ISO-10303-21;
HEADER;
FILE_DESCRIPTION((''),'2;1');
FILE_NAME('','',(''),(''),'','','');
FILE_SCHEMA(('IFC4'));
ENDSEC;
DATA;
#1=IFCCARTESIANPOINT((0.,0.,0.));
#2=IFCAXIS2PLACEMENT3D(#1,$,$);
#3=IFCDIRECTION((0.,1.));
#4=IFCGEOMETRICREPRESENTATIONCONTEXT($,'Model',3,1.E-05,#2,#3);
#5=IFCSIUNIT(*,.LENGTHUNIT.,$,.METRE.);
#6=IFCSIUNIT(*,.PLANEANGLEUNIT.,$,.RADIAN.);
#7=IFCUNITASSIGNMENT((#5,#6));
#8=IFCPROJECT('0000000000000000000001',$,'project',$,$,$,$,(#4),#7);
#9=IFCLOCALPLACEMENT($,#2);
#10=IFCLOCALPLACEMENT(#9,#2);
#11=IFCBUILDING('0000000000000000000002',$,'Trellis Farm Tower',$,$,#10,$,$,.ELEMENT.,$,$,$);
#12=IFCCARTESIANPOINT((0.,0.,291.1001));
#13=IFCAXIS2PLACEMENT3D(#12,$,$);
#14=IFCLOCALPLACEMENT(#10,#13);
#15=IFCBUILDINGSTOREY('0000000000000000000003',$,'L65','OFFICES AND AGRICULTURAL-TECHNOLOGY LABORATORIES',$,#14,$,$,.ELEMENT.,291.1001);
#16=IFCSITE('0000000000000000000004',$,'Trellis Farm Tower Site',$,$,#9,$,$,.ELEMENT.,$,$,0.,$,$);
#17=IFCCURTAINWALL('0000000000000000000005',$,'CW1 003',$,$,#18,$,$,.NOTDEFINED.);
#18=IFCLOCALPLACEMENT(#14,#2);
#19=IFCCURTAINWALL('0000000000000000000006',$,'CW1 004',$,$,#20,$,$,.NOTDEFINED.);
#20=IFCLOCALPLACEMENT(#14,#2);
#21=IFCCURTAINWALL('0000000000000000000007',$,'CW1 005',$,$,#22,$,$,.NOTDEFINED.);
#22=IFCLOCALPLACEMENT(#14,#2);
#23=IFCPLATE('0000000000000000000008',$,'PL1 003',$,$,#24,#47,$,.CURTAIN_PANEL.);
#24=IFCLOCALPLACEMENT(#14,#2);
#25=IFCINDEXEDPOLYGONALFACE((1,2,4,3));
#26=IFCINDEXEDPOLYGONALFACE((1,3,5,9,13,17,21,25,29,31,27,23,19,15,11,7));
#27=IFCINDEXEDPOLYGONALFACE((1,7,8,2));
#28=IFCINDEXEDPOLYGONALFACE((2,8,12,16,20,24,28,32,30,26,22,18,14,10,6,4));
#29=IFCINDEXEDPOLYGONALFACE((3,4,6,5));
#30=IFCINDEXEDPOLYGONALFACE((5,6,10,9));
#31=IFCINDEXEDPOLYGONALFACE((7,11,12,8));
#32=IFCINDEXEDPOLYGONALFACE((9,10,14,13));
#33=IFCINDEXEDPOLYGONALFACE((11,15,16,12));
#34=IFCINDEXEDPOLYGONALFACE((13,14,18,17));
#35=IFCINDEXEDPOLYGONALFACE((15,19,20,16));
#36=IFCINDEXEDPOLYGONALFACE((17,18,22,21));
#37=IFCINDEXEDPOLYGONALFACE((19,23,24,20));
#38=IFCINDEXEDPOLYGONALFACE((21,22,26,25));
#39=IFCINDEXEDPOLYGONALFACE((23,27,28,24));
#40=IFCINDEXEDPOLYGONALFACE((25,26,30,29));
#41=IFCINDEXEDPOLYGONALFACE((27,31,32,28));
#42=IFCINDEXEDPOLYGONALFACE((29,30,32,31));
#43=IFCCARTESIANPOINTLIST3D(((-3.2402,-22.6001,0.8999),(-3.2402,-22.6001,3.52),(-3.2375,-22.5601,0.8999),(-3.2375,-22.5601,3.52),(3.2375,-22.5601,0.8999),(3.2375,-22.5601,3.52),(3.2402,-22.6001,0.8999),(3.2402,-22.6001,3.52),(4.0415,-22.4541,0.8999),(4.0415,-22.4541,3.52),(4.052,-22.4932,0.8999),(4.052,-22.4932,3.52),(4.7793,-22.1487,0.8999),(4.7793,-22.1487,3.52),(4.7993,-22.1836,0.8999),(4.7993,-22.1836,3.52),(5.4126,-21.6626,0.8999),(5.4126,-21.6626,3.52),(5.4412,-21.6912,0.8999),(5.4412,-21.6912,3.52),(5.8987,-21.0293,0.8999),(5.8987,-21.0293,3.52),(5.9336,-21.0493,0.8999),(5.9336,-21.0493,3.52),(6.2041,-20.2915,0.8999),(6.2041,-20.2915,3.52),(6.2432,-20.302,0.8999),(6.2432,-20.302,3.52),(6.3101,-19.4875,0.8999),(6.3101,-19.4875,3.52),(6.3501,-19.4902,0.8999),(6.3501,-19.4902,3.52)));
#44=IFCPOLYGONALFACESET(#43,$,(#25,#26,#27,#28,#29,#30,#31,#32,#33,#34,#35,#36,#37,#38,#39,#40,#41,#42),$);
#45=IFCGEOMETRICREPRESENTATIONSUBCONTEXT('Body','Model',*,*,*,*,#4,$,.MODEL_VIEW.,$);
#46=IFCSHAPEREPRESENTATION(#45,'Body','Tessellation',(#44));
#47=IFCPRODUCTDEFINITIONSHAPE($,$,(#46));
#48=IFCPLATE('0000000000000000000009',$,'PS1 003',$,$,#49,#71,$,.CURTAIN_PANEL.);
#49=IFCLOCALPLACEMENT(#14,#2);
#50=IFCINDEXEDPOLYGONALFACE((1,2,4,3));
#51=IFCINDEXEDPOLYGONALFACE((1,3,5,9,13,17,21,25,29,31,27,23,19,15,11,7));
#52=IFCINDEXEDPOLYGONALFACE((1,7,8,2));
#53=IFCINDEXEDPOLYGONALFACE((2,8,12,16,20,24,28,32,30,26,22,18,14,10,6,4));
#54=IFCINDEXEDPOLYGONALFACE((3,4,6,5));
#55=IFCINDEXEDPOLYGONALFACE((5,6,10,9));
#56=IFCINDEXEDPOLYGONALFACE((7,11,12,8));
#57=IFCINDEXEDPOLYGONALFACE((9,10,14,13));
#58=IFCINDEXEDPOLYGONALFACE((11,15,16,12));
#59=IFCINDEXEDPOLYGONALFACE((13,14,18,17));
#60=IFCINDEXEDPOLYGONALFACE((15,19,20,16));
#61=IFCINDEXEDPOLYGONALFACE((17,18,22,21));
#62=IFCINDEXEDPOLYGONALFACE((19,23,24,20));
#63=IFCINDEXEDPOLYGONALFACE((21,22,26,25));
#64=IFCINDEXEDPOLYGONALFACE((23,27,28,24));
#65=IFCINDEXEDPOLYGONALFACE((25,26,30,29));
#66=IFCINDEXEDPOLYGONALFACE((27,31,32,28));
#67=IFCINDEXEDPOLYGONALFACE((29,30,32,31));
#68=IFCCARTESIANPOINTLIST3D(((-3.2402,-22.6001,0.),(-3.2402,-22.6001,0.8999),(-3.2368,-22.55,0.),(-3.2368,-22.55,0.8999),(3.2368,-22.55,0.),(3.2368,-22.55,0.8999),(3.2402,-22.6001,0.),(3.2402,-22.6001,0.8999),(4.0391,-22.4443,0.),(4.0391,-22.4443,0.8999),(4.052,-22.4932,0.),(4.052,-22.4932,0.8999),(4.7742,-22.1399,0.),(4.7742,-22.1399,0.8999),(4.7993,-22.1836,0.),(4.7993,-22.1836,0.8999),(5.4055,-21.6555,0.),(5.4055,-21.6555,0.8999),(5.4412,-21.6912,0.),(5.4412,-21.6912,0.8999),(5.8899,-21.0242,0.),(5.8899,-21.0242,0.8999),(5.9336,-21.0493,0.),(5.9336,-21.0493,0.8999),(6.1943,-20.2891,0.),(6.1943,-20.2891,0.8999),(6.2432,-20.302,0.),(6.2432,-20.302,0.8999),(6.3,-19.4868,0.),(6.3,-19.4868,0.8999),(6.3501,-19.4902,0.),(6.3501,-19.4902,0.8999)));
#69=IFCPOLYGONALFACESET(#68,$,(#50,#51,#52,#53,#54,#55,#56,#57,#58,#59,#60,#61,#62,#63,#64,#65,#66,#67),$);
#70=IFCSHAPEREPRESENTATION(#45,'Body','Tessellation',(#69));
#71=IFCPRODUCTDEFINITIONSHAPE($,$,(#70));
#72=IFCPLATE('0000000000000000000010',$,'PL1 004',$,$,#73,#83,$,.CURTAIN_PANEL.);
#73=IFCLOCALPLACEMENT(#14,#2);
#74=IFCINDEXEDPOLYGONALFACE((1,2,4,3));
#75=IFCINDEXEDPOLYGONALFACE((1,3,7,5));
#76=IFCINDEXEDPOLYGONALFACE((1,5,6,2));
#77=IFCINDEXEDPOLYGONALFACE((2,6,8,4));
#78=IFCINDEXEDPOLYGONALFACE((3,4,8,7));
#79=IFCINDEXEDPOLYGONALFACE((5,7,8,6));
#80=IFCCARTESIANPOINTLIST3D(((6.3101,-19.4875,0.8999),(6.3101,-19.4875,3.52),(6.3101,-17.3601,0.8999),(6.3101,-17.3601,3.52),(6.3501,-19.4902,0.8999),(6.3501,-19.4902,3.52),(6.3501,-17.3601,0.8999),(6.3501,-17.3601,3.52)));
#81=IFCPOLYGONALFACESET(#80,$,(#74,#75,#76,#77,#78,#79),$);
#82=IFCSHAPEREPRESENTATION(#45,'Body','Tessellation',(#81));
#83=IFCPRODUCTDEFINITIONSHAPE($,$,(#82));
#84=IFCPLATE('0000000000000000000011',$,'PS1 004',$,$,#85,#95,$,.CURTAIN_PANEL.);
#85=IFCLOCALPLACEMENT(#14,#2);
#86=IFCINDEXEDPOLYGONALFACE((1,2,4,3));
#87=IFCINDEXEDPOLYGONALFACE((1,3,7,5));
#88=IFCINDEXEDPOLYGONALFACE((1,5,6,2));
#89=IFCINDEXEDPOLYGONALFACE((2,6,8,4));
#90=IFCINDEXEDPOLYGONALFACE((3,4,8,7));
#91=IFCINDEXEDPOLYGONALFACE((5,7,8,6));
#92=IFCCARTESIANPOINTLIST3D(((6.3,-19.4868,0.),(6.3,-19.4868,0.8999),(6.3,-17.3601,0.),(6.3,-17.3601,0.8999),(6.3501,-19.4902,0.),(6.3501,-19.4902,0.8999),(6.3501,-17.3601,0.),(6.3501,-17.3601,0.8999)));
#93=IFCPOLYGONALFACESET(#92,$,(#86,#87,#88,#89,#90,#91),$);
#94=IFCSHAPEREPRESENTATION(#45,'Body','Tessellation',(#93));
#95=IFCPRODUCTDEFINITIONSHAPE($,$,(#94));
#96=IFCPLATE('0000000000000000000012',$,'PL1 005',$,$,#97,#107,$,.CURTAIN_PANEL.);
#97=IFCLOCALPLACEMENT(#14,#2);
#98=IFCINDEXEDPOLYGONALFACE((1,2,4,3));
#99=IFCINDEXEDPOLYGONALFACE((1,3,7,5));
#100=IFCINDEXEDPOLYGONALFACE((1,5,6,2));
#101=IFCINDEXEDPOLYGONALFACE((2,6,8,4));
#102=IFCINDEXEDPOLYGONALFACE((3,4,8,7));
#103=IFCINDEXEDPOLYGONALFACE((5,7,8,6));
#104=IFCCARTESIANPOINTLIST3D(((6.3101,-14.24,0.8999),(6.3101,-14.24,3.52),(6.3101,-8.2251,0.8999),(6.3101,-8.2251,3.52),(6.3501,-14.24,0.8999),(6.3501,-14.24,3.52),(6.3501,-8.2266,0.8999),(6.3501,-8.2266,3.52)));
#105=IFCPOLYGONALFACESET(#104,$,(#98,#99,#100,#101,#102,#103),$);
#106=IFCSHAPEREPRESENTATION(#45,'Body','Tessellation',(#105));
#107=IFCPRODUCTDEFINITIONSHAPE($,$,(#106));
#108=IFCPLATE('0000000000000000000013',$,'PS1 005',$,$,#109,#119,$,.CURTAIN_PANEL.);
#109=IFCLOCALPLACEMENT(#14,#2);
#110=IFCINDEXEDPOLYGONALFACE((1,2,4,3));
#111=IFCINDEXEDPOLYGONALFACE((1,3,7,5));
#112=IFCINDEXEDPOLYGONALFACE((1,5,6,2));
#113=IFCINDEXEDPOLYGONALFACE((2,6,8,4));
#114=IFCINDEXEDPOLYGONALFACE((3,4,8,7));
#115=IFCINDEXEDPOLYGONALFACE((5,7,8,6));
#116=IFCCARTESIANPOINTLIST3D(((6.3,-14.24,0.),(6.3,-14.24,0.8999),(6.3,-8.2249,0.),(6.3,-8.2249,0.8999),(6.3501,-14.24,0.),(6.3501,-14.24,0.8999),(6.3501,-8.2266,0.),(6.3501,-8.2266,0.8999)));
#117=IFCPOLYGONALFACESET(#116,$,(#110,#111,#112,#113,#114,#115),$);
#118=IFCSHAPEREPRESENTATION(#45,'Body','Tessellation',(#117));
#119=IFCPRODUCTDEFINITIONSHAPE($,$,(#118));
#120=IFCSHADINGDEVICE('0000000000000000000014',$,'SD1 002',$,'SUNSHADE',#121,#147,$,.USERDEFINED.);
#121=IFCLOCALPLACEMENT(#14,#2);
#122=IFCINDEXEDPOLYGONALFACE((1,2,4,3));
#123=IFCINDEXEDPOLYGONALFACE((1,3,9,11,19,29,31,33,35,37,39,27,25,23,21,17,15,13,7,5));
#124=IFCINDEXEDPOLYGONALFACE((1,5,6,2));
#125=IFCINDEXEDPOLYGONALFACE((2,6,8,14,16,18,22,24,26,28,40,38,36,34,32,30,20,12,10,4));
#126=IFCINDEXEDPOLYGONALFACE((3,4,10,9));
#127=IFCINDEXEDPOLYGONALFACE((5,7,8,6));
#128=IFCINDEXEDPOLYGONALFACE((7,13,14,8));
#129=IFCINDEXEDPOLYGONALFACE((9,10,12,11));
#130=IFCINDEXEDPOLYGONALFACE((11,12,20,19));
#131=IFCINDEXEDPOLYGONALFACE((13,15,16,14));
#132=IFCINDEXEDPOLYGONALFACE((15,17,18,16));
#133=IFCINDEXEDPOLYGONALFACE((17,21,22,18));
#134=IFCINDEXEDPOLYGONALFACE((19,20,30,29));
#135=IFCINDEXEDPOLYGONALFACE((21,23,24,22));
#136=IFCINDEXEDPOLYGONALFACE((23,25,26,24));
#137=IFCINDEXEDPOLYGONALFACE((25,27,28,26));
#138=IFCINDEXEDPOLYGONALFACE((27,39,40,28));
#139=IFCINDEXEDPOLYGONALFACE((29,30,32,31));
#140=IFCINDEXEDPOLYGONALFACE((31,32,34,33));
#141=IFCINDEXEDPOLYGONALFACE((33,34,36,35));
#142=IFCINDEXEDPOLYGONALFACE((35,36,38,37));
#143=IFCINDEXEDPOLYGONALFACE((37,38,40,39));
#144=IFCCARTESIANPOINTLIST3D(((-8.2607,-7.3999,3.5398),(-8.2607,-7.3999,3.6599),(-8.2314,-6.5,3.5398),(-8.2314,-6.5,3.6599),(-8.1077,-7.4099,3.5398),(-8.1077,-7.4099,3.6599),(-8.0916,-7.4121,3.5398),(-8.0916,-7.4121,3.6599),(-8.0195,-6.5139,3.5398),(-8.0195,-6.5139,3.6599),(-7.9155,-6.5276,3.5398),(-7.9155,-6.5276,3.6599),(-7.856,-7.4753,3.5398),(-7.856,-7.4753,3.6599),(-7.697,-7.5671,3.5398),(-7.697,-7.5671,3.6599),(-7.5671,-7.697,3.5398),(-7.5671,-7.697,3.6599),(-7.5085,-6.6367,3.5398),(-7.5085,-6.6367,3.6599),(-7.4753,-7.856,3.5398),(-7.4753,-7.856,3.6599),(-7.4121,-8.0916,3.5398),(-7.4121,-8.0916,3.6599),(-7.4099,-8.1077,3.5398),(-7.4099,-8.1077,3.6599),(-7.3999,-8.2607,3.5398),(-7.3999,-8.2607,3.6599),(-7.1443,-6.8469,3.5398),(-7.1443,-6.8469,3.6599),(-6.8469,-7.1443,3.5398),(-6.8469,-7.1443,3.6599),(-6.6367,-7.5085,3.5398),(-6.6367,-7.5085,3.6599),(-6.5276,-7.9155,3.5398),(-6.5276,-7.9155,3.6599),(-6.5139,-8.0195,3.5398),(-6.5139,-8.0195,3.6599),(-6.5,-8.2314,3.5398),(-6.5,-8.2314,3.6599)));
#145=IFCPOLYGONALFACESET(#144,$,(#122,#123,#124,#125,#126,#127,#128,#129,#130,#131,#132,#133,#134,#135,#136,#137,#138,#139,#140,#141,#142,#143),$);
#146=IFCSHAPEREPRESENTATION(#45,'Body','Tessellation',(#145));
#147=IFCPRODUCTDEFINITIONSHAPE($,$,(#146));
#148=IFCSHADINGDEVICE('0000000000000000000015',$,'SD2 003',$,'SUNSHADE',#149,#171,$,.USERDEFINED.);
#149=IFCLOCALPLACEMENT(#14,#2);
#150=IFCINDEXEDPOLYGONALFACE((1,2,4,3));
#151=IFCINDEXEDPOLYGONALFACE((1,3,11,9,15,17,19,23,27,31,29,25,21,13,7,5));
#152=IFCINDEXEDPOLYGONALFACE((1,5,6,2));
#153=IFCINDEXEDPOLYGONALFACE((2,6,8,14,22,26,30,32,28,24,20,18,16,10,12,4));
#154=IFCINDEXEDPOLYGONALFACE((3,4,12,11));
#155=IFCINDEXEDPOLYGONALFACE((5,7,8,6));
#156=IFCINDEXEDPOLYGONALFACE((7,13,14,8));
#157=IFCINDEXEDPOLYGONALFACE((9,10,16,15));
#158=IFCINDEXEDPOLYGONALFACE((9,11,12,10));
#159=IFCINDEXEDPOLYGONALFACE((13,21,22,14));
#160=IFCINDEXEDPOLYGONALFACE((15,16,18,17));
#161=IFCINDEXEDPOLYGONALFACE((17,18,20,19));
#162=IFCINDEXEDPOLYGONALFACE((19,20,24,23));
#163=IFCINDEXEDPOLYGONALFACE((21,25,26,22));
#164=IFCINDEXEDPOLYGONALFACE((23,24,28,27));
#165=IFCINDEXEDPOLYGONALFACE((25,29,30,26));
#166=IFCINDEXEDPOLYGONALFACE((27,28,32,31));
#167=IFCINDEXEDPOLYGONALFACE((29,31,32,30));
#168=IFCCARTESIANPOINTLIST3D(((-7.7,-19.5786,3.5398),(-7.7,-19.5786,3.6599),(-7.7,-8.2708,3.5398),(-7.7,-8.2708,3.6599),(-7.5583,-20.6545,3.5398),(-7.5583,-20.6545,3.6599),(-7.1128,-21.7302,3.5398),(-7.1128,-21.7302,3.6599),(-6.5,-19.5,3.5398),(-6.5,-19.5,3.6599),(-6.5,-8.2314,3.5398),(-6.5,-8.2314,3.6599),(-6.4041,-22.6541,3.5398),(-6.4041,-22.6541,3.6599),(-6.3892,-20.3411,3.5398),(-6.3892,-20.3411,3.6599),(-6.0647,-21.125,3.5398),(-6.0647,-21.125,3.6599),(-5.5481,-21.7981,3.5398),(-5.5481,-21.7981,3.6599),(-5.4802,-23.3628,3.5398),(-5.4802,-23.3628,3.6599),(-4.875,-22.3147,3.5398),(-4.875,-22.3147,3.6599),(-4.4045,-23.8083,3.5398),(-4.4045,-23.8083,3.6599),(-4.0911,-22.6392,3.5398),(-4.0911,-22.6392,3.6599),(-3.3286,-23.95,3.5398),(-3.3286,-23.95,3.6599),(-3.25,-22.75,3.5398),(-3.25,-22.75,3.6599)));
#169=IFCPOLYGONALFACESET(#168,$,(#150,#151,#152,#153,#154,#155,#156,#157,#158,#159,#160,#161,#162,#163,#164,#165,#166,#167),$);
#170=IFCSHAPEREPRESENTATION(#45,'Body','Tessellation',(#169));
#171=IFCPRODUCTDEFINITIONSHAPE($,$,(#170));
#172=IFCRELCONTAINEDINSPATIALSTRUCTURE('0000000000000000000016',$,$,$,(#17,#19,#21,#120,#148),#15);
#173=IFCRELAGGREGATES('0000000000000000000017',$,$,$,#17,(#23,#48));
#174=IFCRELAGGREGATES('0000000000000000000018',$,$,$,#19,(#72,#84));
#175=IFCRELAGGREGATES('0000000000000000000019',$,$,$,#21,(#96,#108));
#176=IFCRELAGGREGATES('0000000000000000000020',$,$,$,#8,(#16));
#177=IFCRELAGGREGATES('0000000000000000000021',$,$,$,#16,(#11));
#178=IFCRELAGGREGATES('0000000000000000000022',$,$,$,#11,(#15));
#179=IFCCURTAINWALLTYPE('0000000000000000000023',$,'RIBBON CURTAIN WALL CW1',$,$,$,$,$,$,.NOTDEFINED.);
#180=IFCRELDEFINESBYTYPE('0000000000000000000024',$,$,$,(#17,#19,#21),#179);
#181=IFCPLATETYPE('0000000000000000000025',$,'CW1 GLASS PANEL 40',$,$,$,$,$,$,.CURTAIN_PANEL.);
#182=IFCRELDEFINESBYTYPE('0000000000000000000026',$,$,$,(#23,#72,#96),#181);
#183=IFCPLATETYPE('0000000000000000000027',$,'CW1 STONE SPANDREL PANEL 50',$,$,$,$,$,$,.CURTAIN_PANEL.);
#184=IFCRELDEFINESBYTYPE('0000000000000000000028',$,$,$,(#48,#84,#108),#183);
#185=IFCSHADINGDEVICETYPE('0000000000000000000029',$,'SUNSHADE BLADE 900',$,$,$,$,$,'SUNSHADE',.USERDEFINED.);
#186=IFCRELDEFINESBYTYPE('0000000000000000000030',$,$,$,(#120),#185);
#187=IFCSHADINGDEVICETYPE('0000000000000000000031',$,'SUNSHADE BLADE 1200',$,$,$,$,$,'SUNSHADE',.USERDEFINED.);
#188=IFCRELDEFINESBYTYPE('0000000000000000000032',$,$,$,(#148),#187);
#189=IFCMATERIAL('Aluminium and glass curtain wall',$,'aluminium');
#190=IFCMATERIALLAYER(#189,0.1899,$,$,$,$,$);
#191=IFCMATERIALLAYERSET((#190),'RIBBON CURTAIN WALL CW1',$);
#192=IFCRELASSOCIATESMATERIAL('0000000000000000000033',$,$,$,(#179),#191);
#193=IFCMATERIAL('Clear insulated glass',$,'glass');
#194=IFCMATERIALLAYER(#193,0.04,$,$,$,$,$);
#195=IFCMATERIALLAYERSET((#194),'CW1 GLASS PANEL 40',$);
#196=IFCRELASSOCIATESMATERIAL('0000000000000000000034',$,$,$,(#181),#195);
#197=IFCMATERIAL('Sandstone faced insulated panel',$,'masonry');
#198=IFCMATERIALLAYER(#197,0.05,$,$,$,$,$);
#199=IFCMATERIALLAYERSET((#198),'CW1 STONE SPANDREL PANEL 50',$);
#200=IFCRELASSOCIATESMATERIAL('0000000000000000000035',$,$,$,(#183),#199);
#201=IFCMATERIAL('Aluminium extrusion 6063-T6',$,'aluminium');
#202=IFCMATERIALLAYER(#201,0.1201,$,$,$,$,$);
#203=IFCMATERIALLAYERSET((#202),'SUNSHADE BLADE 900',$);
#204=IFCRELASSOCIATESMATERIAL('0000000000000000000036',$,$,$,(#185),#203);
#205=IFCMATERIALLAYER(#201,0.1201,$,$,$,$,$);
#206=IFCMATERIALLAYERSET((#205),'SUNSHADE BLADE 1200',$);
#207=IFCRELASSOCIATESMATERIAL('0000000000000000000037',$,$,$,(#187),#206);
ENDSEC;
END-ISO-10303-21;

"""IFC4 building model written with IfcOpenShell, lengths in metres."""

from ifc_helpers import new_model, si_unit, direction, frame, origin, place, context, subcontext, project, spatial, polyline, outline, extrude, source, transform, mapped, material, layer, layer_set, type_object, element, aggregate, save


model = new_model("IFC4")

# Units and contexts
model_context = context("Model", 3, precision=1e-05, world=origin(), true_north=direction((0.0, 1.0)))
body_context = subcontext(model_context, "Body", "Model", "MODEL_VIEW")
ifc_project = project(units=[si_unit("LENGTHUNIT", "METRE"), si_unit("PLANEANGLEUNIT", "RADIAN")], contexts=[model_context])

# Site, building, storey
site_placement = place(None, origin())
site = spatial("IfcSite", under=ifc_project, at=site_placement, Name="Trellis Farm Tower Site", CompositionType="ELEMENT", RefElevation=0.0)
building_placement = place(site_placement, origin())
building = spatial("IfcBuilding", under=site, at=building_placement, Name="Trellis Farm Tower", CompositionType="ELEMENT")
storey_placement = place(building_placement, frame((0.0, 0.0, 291.1001)))
storey = spatial("IfcBuildingStorey", under=building, at=storey_placement, Name="L65", Description="OFFICES AND AGRICULTURAL-TECHNOLOGY LABORATORIES", CompositionType="ELEMENT", Elevation=291.1001)

# Curtain walls
ifc_material_1 = material(Name="Aluminium and glass curtain wall", Category="aluminium")
placement_1 = place(storey_placement, origin())
ifc_material_2 = material(Name="Aluminium extrusion 6063-T6", Category="aluminium")
ifc_layer_1 = layer(ifc_material_1, 0.1899)
ifc_layer_set_1 = layer_set([ifc_layer_1], Name="RIBBON CURTAIN WALL CW1")
curtain_wall_type_1 = type_object("IfcCurtainWallType", Name="RIBBON CURTAIN WALL CW1", PredefinedType="NOTDEFINED", material=ifc_layer_set_1)
curtain_wall_1 = element("IfcCurtainWall", 1, at=placement_1, inside=storey, type_object=curtain_wall_type_1, Name="CW1 003", PredefinedType="NOTDEFINED")
curtain_wall_2 = element("IfcCurtainWall", 2, at=placement_1, inside=storey, type_object=curtain_wall_type_1, Name="CW1 004", PredefinedType="NOTDEFINED")
curtain_wall_3 = element("IfcCurtainWall", 3, at=placement_1, inside=storey, type_object=curtain_wall_type_1, Name="CW1 005", PredefinedType="NOTDEFINED")

# Plates
ifc_material_3 = material(Name="Clear insulated glass", Category="glass")
ifc_layer_2 = layer(ifc_material_3, 0.04)
ifc_layer_set_2 = layer_set([ifc_layer_2], Name="CW1 GLASS PANEL 40")
plate_type_1 = type_object("IfcPlateType", Name="CW1 GLASS PANEL 40", PredefinedType="CURTAIN_PANEL", material=ifc_layer_set_2)
placement_2 = place(storey_placement, frame((0.0, 0.0, 0.8999)))
ifc_material_4 = material(Name="Sandstone faced insulated panel", Category="masonry")
ifc_layer_3 = layer(ifc_material_4, 0.05)
ifc_layer_set_3 = layer_set([ifc_layer_3], Name="CW1 STONE SPANDREL PANEL 50")
plate_type_2 = type_object("IfcPlateType", Name="CW1 STONE SPANDREL PANEL 50", PredefinedType="CURTAIN_PANEL", material=ifc_layer_set_3)
shared_shape_1 = source(origin(), body_context, "Body", "SweptSolid", [
    extrude(outline(polyline([(-3.2402, -22.6001), (3.2402, -22.6001), (4.052, -22.4932), (4.7993, -22.1836), (5.4412, -21.6912), (5.9336, -21.0493), (6.2432, -20.302), (6.3501, -19.4902), (6.3101, -19.4875), (6.2041, -20.2915), (5.8987, -21.0293), (5.4126, -21.6626), (4.7793, -22.1487), (4.0415, -22.4541), (3.2375, -22.5601), (-3.2375, -22.5601), (-3.2402, -22.6001)])), origin(), (0.0, 0.0, 1.0), 2.6201),
])
plate_1 = element("IfcPlate", 4, at=placement_2, type_object=plate_type_1, Name="PL1 003", PredefinedType="CURTAIN_PANEL", context=body_context, shape_type="MappedRepresentation", body=[
    mapped(shared_shape_1, transform((0.0, 0.0, 0.0))),
])
shared_shape_2 = source(origin(), body_context, "Body", "SweptSolid", [
    extrude(outline(polyline([(-3.2402, -22.6001), (3.2402, -22.6001), (4.052, -22.4932), (4.7993, -22.1836), (5.4412, -21.6912), (5.9336, -21.0493), (6.2432, -20.302), (6.3501, -19.4902), (6.3, -19.4868), (6.1943, -20.2891), (5.8899, -21.0242), (5.4055, -21.6555), (4.7742, -22.1399), (4.0391, -22.4443), (3.2368, -22.55), (-3.2368, -22.55), (-3.2402, -22.6001)])), origin(), (0.0, 0.0, 1.0), 0.8999),
])
plate_2 = element("IfcPlate", 5, at=placement_1, type_object=plate_type_2, Name="PS1 003", PredefinedType="CURTAIN_PANEL", context=body_context, shape_type="MappedRepresentation", body=[
    mapped(shared_shape_2, transform((0.0, 0.0, 0.0))),
])
aggregate(curtain_wall_1, [plate_1, plate_2])
shared_shape_3 = source(origin(), body_context, "Body", "SweptSolid", [
    extrude(outline(polyline([(6.3501, -19.4902), (6.3501, -17.3601), (6.3101, -17.3601), (6.3101, -19.4875), (6.3501, -19.4902)])), origin(), (0.0, 0.0, 1.0), 2.6201),
])
plate_3 = element("IfcPlate", 6, at=placement_2, type_object=plate_type_1, Name="PL1 004", PredefinedType="CURTAIN_PANEL", context=body_context, shape_type="MappedRepresentation", body=[
    mapped(shared_shape_3, transform((0.0, 0.0, 0.0))),
])
shared_shape_4 = source(origin(), body_context, "Body", "SweptSolid", [
    extrude(outline(polyline([(6.3501, -19.4902), (6.3501, -17.3601), (6.3, -17.3601), (6.3, -19.4868), (6.3501, -19.4902)])), origin(), (0.0, 0.0, 1.0), 0.8999),
])
plate_4 = element("IfcPlate", 7, at=placement_1, type_object=plate_type_2, Name="PS1 004", PredefinedType="CURTAIN_PANEL", context=body_context, shape_type="MappedRepresentation", body=[
    mapped(shared_shape_4, transform((0.0, 0.0, 0.0))),
])
aggregate(curtain_wall_2, [plate_3, plate_4])
shared_shape_5 = source(origin(), body_context, "Body", "SweptSolid", [
    extrude(outline(polyline([(6.3501, -14.24), (6.3501, -8.2266), (6.3101, -8.2251), (6.3101, -14.24), (6.3501, -14.24)])), origin(), (0.0, 0.0, 1.0), 2.6201),
])
plate_5 = element("IfcPlate", 8, at=placement_2, type_object=plate_type_1, Name="PL1 005", PredefinedType="CURTAIN_PANEL", context=body_context, shape_type="MappedRepresentation", body=[
    mapped(shared_shape_5, transform((0.0, 0.0, 0.0))),
])
shared_shape_6 = source(origin(), body_context, "Body", "SweptSolid", [
    extrude(outline(polyline([(6.3501, -14.24), (6.3501, -8.2266), (6.3, -8.2249), (6.3, -14.24), (6.3501, -14.24)])), origin(), (0.0, 0.0, 1.0), 0.8999),
])
plate_6 = element("IfcPlate", 9, at=placement_1, type_object=plate_type_2, Name="PS1 005", PredefinedType="CURTAIN_PANEL", context=body_context, shape_type="MappedRepresentation", body=[
    mapped(shared_shape_6, transform((0.0, 0.0, 0.0))),
])
aggregate(curtain_wall_3, [plate_5, plate_6])

# Shading devices
ifc_layer_4 = layer(ifc_material_2, 0.1201)
ifc_layer_set_4 = layer_set([ifc_layer_4], Name="SUNSHADE BLADE 900")
shading_device_type_1 = type_object("IfcShadingDeviceType", Name="SUNSHADE BLADE 900", ElementType="SUNSHADE", PredefinedType="USERDEFINED", material=ifc_layer_set_4)
shared_shape_7 = source(origin(), body_context, "Body", "SweptSolid", [
    extrude(outline(polyline([(-8.2607, -7.3999), (-8.1077, -7.4099), (-8.0916, -7.4121), (-7.856, -7.4753), (-7.697, -7.5671), (-7.5671, -7.697), (-7.4753, -7.856), (-7.4121, -8.0916), (-7.4099, -8.1077), (-7.3999, -8.2607), (-6.5, -8.2314), (-6.5139, -8.0195), (-6.5276, -7.9155), (-6.6367, -7.5085), (-6.8469, -7.1443), (-7.1443, -6.8469), (-7.5085, -6.6367), (-7.9155, -6.5276), (-8.0195, -6.5139), (-8.2314, -6.5), (-8.2607, -7.3999)])), origin(), (0.0, 0.0, 1.0), 0.1201),
])
placement_3 = place(storey_placement, frame((0.0, 0.0, 3.5398)))
element("IfcShadingDevice", 10, at=placement_3, inside=storey, type_object=shading_device_type_1, Name="SD1 002", ObjectType="SUNSHADE", PredefinedType="USERDEFINED", context=body_context, shape_type="MappedRepresentation", body=[
    mapped(shared_shape_7, transform((0.0, 0.0, 0.0))),
])
ifc_layer_5 = layer(ifc_material_2, 0.1201)
ifc_layer_set_5 = layer_set([ifc_layer_5], Name="SUNSHADE BLADE 1200")
shading_device_type_2 = type_object("IfcShadingDeviceType", Name="SUNSHADE BLADE 1200", ElementType="SUNSHADE", PredefinedType="USERDEFINED", material=ifc_layer_set_5)
shared_shape_8 = source(origin(), body_context, "Body", "SweptSolid", [
    extrude(outline(polyline([(-7.7, -8.2708), (-7.7, -19.5786), (-7.5583, -20.6545), (-7.1128, -21.7302), (-6.4041, -22.6541), (-5.4802, -23.3628), (-4.4045, -23.8083), (-3.3286, -23.95), (-3.25, -22.75), (-4.0911, -22.6392), (-4.875, -22.3147), (-5.5481, -21.7981), (-6.0647, -21.125), (-6.3892, -20.3411), (-6.5, -19.5), (-6.5, -8.2314), (-7.7, -8.2708)])), origin(), (0.0, 0.0, 1.0), 0.1201),
])
element("IfcShadingDevice", 11, at=placement_3, inside=storey, type_object=shading_device_type_2, Name="SD2 003", ObjectType="SUNSHADE", PredefinedType="USERDEFINED", context=body_context, shape_type="MappedRepresentation", body=[
    mapped(shared_shape_8, transform((0.0, 0.0, 0.0))),
])

save(model, "model.ifc")
